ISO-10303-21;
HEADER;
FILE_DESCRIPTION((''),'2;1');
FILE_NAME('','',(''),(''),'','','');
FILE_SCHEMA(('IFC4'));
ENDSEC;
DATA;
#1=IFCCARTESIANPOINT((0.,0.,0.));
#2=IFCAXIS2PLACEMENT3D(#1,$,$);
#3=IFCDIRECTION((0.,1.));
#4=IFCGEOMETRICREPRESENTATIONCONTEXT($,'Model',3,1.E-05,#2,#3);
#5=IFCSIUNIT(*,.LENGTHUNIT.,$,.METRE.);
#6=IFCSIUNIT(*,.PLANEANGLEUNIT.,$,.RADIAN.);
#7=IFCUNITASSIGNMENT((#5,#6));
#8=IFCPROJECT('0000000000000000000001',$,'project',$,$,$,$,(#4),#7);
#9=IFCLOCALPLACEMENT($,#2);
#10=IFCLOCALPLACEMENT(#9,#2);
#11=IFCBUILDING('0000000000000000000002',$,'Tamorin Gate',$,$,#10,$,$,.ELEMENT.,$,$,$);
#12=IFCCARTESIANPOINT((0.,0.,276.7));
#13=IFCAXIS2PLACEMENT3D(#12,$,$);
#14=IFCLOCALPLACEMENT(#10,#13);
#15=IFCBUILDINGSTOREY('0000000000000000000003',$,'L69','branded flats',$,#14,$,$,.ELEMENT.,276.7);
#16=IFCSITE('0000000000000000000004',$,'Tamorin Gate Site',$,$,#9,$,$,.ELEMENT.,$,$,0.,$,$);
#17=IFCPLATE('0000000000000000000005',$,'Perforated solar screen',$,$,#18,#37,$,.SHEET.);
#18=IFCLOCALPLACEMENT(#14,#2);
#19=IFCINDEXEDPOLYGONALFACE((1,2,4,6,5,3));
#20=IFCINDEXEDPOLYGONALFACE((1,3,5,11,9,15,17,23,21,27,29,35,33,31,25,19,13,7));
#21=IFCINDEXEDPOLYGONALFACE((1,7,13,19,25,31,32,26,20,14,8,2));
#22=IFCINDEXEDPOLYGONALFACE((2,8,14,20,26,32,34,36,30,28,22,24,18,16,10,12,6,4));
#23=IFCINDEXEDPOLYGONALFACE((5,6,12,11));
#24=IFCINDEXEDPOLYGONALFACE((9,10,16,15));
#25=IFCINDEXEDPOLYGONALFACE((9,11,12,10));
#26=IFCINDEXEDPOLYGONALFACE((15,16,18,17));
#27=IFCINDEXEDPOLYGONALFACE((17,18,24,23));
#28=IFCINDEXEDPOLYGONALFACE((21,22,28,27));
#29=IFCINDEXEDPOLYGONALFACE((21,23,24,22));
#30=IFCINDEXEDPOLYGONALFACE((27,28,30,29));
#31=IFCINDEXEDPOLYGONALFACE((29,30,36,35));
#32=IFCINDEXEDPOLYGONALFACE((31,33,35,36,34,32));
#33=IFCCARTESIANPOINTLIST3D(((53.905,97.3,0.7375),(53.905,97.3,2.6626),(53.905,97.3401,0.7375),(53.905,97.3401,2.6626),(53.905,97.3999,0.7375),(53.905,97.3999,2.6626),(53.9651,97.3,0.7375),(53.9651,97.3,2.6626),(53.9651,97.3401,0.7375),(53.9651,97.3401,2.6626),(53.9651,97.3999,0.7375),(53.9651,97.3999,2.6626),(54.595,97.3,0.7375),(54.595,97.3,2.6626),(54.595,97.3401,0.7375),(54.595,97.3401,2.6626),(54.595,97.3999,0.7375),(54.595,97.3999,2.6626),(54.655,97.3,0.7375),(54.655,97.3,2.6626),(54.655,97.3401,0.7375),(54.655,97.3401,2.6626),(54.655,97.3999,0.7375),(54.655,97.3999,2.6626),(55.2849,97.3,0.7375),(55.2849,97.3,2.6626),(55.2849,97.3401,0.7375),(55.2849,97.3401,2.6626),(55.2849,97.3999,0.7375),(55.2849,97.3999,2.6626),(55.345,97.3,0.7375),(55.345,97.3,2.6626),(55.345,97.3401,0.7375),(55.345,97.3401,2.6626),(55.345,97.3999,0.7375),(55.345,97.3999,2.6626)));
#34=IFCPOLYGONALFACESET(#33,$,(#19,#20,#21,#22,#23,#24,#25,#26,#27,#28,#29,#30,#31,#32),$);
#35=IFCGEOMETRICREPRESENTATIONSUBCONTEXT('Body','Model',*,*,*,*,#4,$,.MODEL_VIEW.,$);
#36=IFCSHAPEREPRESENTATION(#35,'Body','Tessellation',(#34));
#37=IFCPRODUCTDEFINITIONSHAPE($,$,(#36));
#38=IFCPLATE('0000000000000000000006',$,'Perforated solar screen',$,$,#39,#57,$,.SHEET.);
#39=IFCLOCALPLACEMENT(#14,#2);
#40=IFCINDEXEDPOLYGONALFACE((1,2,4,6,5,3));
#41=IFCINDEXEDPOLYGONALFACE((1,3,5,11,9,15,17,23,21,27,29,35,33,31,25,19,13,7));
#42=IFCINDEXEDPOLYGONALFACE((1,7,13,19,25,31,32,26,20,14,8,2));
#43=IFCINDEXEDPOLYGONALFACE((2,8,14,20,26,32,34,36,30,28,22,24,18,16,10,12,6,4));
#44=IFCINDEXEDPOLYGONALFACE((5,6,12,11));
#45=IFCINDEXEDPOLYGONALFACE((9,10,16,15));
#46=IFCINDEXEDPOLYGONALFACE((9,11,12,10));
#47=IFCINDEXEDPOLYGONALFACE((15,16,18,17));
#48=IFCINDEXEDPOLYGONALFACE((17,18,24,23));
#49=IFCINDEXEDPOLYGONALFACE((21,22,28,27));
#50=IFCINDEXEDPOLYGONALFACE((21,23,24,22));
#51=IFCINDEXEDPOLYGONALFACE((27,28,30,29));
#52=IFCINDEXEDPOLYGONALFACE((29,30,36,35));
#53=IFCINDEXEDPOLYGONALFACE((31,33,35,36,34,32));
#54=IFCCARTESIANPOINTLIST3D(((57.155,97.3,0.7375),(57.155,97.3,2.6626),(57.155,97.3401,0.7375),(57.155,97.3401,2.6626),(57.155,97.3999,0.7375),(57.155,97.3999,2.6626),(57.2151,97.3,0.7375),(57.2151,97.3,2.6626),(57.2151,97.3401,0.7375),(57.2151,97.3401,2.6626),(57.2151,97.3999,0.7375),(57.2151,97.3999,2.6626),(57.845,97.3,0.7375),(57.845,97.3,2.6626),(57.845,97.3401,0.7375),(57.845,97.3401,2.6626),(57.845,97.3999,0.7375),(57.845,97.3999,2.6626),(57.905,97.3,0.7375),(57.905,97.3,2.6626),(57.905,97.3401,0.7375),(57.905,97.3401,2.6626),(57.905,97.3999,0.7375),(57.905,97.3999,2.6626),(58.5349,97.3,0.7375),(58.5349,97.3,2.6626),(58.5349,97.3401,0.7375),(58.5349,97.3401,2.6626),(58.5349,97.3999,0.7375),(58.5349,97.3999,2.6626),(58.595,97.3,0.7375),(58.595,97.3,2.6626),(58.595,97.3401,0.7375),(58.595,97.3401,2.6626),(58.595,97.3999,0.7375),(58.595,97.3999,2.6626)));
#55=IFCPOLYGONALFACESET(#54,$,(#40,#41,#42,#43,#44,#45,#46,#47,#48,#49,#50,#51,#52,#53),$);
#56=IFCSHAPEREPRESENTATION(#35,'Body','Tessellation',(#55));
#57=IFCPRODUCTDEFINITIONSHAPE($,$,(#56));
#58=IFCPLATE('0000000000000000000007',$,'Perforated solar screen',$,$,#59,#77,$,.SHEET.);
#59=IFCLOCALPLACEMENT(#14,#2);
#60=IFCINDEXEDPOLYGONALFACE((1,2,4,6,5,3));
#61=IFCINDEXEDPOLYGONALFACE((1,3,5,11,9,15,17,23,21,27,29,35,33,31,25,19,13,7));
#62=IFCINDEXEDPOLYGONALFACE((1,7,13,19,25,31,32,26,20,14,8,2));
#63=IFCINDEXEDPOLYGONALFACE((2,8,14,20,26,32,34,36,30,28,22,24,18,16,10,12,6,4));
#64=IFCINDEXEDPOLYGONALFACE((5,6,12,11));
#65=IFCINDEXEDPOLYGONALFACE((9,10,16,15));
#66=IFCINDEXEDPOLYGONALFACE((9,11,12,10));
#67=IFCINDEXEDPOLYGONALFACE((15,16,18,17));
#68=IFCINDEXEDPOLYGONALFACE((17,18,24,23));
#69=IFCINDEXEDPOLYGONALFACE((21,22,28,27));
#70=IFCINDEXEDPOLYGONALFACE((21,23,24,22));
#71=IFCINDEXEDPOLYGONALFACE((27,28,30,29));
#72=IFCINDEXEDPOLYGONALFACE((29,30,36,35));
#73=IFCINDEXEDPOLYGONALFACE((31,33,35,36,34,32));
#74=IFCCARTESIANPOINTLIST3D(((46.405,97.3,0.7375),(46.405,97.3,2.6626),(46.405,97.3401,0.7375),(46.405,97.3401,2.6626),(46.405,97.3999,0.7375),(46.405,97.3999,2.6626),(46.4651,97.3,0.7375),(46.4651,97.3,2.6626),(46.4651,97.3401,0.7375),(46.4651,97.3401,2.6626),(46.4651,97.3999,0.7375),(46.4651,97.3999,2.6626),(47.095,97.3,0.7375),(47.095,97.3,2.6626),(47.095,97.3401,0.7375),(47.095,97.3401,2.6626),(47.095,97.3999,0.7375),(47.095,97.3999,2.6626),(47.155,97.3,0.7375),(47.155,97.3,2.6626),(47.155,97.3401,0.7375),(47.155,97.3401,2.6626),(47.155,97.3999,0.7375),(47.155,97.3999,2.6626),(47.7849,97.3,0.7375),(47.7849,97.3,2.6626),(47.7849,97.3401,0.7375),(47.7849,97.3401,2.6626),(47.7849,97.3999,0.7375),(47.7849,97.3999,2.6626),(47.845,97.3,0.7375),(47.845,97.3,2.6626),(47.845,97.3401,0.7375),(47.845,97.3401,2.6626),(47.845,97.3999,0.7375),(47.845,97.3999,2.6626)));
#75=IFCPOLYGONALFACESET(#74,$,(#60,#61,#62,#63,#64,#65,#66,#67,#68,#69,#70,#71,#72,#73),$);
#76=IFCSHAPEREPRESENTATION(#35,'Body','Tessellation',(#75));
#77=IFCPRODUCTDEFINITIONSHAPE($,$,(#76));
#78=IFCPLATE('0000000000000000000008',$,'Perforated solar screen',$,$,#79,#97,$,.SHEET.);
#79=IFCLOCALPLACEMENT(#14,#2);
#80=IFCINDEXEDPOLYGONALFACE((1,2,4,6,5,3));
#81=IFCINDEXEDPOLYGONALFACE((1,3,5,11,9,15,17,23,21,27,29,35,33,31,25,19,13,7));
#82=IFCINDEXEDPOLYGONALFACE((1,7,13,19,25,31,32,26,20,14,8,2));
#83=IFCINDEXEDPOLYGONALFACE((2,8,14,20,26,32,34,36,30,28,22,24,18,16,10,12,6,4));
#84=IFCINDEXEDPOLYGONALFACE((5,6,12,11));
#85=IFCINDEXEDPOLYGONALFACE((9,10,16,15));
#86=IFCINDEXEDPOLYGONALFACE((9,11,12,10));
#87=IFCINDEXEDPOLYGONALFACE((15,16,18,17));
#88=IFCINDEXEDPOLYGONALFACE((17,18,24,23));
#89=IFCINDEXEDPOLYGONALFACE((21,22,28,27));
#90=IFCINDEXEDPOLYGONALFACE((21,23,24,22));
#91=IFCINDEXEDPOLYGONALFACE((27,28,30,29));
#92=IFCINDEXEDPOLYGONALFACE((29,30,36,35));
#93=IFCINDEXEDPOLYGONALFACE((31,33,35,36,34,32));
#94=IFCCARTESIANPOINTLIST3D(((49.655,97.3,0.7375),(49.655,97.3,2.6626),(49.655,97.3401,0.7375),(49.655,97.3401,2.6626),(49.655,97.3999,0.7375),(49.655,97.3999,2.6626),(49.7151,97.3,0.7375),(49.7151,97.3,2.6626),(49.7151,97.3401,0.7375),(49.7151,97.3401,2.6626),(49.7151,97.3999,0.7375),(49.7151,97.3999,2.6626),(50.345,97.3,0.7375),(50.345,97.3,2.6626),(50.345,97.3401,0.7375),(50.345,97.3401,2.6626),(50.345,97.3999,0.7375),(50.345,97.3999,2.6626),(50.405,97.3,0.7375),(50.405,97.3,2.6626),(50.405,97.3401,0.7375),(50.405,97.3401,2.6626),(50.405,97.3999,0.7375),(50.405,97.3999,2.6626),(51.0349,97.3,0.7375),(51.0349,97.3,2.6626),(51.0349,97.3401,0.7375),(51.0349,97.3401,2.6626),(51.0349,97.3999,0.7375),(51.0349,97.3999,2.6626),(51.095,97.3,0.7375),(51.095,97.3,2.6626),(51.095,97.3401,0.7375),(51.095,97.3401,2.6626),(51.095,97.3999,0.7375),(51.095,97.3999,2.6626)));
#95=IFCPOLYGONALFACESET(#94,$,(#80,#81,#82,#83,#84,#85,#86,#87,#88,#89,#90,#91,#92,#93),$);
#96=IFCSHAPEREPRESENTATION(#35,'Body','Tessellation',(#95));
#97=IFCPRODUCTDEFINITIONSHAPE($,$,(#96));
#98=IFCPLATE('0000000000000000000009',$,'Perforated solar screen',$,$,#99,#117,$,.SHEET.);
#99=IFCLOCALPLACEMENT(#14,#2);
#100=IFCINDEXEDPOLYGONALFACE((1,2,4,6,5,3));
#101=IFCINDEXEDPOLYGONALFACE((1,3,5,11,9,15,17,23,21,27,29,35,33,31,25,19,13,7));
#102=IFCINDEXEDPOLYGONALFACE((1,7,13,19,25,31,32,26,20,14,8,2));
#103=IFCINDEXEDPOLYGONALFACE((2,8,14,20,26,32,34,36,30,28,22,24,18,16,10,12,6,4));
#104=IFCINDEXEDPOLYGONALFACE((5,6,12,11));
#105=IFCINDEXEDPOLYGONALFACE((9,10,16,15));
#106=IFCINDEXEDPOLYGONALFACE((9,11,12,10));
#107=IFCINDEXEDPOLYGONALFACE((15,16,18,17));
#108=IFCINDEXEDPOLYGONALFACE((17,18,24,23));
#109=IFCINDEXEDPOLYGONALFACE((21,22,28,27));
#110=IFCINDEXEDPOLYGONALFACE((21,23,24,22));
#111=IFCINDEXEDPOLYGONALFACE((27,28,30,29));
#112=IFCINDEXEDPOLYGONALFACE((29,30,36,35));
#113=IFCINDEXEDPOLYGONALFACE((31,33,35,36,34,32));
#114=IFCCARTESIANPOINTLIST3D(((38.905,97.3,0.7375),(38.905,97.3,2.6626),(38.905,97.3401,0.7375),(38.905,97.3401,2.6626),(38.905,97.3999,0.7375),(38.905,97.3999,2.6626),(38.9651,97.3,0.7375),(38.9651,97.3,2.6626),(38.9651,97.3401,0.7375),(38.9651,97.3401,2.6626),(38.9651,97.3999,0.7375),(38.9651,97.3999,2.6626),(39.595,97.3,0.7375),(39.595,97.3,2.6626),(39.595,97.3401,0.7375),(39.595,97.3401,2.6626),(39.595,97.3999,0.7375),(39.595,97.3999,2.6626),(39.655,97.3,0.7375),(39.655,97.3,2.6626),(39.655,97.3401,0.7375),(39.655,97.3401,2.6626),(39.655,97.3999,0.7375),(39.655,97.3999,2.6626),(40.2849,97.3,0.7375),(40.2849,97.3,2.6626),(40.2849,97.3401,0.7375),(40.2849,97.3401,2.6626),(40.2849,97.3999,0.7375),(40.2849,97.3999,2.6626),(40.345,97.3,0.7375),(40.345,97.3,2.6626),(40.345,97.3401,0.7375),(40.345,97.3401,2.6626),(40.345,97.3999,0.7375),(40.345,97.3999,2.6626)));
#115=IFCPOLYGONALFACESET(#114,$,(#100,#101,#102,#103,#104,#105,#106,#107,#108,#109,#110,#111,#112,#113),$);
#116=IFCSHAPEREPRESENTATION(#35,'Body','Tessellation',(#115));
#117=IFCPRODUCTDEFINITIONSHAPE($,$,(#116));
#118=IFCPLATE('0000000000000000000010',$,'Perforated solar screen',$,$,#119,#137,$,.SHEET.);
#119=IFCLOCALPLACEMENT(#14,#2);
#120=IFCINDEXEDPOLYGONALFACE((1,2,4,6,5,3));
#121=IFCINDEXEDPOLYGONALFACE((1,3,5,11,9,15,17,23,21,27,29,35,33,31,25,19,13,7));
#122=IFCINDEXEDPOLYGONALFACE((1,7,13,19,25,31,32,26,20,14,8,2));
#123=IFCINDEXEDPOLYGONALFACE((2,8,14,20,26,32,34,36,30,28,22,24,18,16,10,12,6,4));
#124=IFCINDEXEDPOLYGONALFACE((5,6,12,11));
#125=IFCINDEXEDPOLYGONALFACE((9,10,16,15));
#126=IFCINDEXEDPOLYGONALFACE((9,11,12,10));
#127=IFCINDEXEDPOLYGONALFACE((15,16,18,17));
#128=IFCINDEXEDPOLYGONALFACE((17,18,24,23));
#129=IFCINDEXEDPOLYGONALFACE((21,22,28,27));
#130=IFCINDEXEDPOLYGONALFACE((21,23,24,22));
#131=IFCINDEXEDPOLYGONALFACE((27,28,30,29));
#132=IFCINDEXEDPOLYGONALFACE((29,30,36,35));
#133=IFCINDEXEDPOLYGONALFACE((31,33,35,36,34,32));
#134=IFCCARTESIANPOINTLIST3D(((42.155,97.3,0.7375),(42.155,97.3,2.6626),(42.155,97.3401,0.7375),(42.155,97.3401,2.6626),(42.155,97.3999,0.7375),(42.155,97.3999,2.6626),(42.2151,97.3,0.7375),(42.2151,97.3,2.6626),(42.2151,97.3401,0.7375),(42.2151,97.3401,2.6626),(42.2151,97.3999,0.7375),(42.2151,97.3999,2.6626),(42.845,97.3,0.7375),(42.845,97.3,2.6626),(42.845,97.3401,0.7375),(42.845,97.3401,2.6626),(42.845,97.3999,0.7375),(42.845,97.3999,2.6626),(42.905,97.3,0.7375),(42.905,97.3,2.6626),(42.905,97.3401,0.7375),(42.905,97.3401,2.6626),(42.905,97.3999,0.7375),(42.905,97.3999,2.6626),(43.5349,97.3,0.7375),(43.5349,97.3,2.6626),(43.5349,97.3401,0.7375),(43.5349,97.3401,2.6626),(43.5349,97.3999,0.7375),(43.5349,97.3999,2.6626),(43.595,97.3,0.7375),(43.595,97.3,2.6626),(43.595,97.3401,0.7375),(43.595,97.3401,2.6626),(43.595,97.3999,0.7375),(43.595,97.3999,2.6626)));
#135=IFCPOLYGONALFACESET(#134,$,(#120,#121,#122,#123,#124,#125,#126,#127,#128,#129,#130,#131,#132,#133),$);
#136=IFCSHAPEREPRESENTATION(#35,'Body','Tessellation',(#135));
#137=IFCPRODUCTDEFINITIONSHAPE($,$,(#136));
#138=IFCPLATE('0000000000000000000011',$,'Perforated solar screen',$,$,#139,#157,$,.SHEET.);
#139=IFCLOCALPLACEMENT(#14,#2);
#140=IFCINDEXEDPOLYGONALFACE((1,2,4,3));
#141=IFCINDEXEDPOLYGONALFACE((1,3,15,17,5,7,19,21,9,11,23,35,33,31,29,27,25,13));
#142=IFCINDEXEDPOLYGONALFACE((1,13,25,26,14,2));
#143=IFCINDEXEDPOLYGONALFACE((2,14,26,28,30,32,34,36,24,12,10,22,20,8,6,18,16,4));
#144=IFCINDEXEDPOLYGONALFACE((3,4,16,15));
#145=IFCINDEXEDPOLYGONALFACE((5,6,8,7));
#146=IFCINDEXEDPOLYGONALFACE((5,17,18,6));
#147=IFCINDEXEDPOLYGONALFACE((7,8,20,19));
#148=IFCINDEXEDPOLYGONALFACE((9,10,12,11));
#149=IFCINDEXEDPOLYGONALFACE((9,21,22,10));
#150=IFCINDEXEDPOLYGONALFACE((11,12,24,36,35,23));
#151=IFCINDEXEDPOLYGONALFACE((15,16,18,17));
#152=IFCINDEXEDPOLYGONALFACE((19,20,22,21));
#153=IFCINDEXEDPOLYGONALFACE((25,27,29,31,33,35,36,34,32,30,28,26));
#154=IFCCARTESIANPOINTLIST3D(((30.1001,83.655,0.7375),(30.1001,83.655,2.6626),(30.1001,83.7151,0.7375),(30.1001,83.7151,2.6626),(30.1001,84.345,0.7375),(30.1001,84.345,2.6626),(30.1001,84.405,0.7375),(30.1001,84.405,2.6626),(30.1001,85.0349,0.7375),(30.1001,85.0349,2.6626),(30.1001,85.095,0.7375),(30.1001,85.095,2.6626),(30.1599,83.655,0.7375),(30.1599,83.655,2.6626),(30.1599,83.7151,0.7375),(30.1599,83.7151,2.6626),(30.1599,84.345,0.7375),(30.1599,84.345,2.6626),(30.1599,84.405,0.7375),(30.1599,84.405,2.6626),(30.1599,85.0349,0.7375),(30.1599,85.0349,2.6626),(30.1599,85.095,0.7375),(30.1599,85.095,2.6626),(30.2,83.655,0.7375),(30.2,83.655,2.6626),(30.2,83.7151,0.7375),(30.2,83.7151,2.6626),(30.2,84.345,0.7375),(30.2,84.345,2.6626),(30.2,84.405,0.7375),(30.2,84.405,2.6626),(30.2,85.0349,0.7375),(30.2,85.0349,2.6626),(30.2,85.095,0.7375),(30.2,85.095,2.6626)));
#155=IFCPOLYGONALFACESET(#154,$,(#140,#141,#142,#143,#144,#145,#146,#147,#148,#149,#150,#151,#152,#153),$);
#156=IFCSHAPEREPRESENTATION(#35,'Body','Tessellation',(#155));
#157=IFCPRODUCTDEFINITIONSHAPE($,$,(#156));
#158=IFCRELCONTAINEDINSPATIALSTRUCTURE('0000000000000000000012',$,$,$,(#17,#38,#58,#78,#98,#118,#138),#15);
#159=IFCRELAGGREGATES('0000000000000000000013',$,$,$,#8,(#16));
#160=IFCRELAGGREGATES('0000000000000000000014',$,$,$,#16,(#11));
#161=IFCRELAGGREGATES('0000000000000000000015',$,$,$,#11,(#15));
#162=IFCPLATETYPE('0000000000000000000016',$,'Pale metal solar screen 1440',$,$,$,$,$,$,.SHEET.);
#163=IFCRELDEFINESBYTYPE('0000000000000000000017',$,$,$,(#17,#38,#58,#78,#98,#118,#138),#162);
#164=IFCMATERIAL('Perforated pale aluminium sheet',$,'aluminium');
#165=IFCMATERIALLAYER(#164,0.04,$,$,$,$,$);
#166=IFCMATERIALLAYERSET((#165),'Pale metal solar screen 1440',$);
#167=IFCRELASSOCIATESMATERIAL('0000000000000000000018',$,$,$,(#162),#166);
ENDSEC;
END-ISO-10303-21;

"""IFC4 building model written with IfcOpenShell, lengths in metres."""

from ifc_helpers import new_model, si_unit, direction, frame, origin, place, context, subcontext, project, spatial, polyline, outline, extrude, material, layer, layer_set, type_object, element, save


model = new_model("IFC4")

# Units and contexts
model_context = context("Model", 3, precision=1e-05, world=origin(), true_north=direction((0.0, 1.0)))
body_context = subcontext(model_context, "Body", "Model", "MODEL_VIEW")
ifc_project = project(units=[si_unit("LENGTHUNIT", "METRE"), si_unit("PLANEANGLEUNIT", "RADIAN")], contexts=[model_context])

# Site, building, storey
site_placement = place(None, origin())
site = spatial("IfcSite", under=ifc_project, at=site_placement, Name="Tamorin Gate Site", CompositionType="ELEMENT", RefElevation=0.0)
building_placement = place(site_placement, origin())
building = spatial("IfcBuilding", under=site, at=building_placement, Name="Tamorin Gate", CompositionType="ELEMENT")
storey_placement = place(building_placement, frame((0.0, 0.0, 276.7)))
storey = spatial("IfcBuildingStorey", under=building, at=storey_placement, Name="L69", Description="branded flats", CompositionType="ELEMENT", Elevation=276.7)

# Plates
ifc_material_1 = material(Name="Perforated pale aluminium sheet", Category="aluminium")
ifc_layer_1 = layer(ifc_material_1, 0.04)
ifc_layer_set_1 = layer_set([ifc_layer_1], Name="Pale metal solar screen 1440")
plate_type = type_object("IfcPlateType", Name="Pale metal solar screen 1440", PredefinedType="SHEET", material=ifc_layer_set_1)
plate_1_placement = place(storey_placement, frame((0.0, 0.0, 0.7375)))
element("IfcPlate", 1, at=plate_1_placement, inside=storey, type_object=plate_type, Name="Perforated solar screen", PredefinedType="SHEET", context=body_context, shape_type="SweptSolid", body=[
    extrude(outline(polyline([(55.345, 97.3401), (55.345, 97.3), (55.2849, 97.3), (54.655, 97.3), (54.595, 97.3), (53.9651, 97.3), (53.905, 97.3), (53.905, 97.3401), (53.905, 97.3999), (53.9651, 97.3999), (53.9651, 97.3401), (54.595, 97.3401), (54.595, 97.3999), (54.655, 97.3999), (54.655, 97.3401), (55.2849, 97.3401), (55.2849, 97.3999), (55.345, 97.3999), (55.345, 97.3401)])), origin(), (0.0, 0.0, 1.0), 1.925),
])
plate_2_placement = place(storey_placement, frame((0.0, 0.0, 0.7375)))
element("IfcPlate", 2, at=plate_2_placement, inside=storey, type_object=plate_type, Name="Perforated solar screen", PredefinedType="SHEET", context=body_context, shape_type="SweptSolid", body=[
    extrude(outline(polyline([(58.595, 97.3401), (58.595, 97.3), (58.5349, 97.3), (57.905, 97.3), (57.845, 97.3), (57.2151, 97.3), (57.155, 97.3), (57.155, 97.3401), (57.155, 97.3999), (57.2151, 97.3999), (57.2151, 97.3401), (57.845, 97.3401), (57.845, 97.3999), (57.905, 97.3999), (57.905, 97.3401), (58.5349, 97.3401), (58.5349, 97.3999), (58.595, 97.3999), (58.595, 97.3401)])), origin(), (0.0, 0.0, 1.0), 1.925),
])
plate_3_placement = place(storey_placement, frame((0.0, 0.0, 0.7375)))
element("IfcPlate", 3, at=plate_3_placement, inside=storey, type_object=plate_type, Name="Perforated solar screen", PredefinedType="SHEET", context=body_context, shape_type="SweptSolid", body=[
    extrude(outline(polyline([(47.845, 97.3401), (47.845, 97.3), (47.7849, 97.3), (47.155, 97.3), (47.095, 97.3), (46.4651, 97.3), (46.405, 97.3), (46.405, 97.3401), (46.405, 97.3999), (46.4651, 97.3999), (46.4651, 97.3401), (47.095, 97.3401), (47.095, 97.3999), (47.155, 97.3999), (47.155, 97.3401), (47.7849, 97.3401), (47.7849, 97.3999), (47.845, 97.3999), (47.845, 97.3401)])), origin(), (0.0, 0.0, 1.0), 1.925),
])
plate_4_placement = place(storey_placement, frame((0.0, 0.0, 0.7375)))
element("IfcPlate", 4, at=plate_4_placement, inside=storey, type_object=plate_type, Name="Perforated solar screen", PredefinedType="SHEET", context=body_context, shape_type="SweptSolid", body=[
    extrude(outline(polyline([(51.095, 97.3401), (51.095, 97.3), (51.0349, 97.3), (50.405, 97.3), (50.345, 97.3), (49.7151, 97.3), (49.655, 97.3), (49.655, 97.3401), (49.655, 97.3999), (49.7151, 97.3999), (49.7151, 97.3401), (50.345, 97.3401), (50.345, 97.3999), (50.405, 97.3999), (50.405, 97.3401), (51.0349, 97.3401), (51.0349, 97.3999), (51.095, 97.3999), (51.095, 97.3401)])), origin(), (0.0, 0.0, 1.0), 1.925),
])
plate_5_placement = place(storey_placement, frame((0.0, 0.0, 0.7375)))
element("IfcPlate", 5, at=plate_5_placement, inside=storey, type_object=plate_type, Name="Perforated solar screen", PredefinedType="SHEET", context=body_context, shape_type="SweptSolid", body=[
    extrude(outline(polyline([(40.345, 97.3401), (40.345, 97.3), (40.2849, 97.3), (39.655, 97.3), (39.595, 97.3), (38.9651, 97.3), (38.905, 97.3), (38.905, 97.3401), (38.905, 97.3999), (38.9651, 97.3999), (38.9651, 97.3401), (39.595, 97.3401), (39.595, 97.3999), (39.655, 97.3999), (39.655, 97.3401), (40.2849, 97.3401), (40.2849, 97.3999), (40.345, 97.3999), (40.345, 97.3401)])), origin(), (0.0, 0.0, 1.0), 1.925),
])
plate_6_placement = place(storey_placement, frame((0.0, 0.0, 0.7375)))
element("IfcPlate", 6, at=plate_6_placement, inside=storey, type_object=plate_type, Name="Perforated solar screen", PredefinedType="SHEET", context=body_context, shape_type="SweptSolid", body=[
    extrude(outline(polyline([(43.595, 97.3401), (43.595, 97.3), (43.5349, 97.3), (42.905, 97.3), (42.845, 97.3), (42.2151, 97.3), (42.155, 97.3), (42.155, 97.3401), (42.155, 97.3999), (42.2151, 97.3999), (42.2151, 97.3401), (42.845, 97.3401), (42.845, 97.3999), (42.905, 97.3999), (42.905, 97.3401), (43.5349, 97.3401), (43.5349, 97.3999), (43.595, 97.3999), (43.595, 97.3401)])), origin(), (0.0, 0.0, 1.0), 1.925),
])
plate_7_placement = place(storey_placement, frame((0.0, 0.0, 0.7375)))
element("IfcPlate", 7, at=plate_7_placement, inside=storey, type_object=plate_type, Name="Perforated solar screen", PredefinedType="SHEET", context=body_context, shape_type="SweptSolid", body=[
    extrude(outline(polyline([(30.1599, 85.095), (30.2, 85.095), (30.2, 85.0349), (30.2, 84.405), (30.2, 84.345), (30.2, 83.7151), (30.2, 83.655), (30.2, 83.655), (30.1599, 83.655), (30.1599, 83.655), (30.1001, 83.655), (30.1001, 83.7151), (30.1599, 83.7151), (30.1599, 84.345), (30.1001, 84.345), (30.1001, 84.405), (30.1599, 84.405), (30.1599, 85.0349), (30.1001, 85.0349), (30.1001, 85.095), (30.1599, 85.095)])), origin(), (0.0, 0.0, 1.0), 1.925),
])

save(model, "model.ifc")
